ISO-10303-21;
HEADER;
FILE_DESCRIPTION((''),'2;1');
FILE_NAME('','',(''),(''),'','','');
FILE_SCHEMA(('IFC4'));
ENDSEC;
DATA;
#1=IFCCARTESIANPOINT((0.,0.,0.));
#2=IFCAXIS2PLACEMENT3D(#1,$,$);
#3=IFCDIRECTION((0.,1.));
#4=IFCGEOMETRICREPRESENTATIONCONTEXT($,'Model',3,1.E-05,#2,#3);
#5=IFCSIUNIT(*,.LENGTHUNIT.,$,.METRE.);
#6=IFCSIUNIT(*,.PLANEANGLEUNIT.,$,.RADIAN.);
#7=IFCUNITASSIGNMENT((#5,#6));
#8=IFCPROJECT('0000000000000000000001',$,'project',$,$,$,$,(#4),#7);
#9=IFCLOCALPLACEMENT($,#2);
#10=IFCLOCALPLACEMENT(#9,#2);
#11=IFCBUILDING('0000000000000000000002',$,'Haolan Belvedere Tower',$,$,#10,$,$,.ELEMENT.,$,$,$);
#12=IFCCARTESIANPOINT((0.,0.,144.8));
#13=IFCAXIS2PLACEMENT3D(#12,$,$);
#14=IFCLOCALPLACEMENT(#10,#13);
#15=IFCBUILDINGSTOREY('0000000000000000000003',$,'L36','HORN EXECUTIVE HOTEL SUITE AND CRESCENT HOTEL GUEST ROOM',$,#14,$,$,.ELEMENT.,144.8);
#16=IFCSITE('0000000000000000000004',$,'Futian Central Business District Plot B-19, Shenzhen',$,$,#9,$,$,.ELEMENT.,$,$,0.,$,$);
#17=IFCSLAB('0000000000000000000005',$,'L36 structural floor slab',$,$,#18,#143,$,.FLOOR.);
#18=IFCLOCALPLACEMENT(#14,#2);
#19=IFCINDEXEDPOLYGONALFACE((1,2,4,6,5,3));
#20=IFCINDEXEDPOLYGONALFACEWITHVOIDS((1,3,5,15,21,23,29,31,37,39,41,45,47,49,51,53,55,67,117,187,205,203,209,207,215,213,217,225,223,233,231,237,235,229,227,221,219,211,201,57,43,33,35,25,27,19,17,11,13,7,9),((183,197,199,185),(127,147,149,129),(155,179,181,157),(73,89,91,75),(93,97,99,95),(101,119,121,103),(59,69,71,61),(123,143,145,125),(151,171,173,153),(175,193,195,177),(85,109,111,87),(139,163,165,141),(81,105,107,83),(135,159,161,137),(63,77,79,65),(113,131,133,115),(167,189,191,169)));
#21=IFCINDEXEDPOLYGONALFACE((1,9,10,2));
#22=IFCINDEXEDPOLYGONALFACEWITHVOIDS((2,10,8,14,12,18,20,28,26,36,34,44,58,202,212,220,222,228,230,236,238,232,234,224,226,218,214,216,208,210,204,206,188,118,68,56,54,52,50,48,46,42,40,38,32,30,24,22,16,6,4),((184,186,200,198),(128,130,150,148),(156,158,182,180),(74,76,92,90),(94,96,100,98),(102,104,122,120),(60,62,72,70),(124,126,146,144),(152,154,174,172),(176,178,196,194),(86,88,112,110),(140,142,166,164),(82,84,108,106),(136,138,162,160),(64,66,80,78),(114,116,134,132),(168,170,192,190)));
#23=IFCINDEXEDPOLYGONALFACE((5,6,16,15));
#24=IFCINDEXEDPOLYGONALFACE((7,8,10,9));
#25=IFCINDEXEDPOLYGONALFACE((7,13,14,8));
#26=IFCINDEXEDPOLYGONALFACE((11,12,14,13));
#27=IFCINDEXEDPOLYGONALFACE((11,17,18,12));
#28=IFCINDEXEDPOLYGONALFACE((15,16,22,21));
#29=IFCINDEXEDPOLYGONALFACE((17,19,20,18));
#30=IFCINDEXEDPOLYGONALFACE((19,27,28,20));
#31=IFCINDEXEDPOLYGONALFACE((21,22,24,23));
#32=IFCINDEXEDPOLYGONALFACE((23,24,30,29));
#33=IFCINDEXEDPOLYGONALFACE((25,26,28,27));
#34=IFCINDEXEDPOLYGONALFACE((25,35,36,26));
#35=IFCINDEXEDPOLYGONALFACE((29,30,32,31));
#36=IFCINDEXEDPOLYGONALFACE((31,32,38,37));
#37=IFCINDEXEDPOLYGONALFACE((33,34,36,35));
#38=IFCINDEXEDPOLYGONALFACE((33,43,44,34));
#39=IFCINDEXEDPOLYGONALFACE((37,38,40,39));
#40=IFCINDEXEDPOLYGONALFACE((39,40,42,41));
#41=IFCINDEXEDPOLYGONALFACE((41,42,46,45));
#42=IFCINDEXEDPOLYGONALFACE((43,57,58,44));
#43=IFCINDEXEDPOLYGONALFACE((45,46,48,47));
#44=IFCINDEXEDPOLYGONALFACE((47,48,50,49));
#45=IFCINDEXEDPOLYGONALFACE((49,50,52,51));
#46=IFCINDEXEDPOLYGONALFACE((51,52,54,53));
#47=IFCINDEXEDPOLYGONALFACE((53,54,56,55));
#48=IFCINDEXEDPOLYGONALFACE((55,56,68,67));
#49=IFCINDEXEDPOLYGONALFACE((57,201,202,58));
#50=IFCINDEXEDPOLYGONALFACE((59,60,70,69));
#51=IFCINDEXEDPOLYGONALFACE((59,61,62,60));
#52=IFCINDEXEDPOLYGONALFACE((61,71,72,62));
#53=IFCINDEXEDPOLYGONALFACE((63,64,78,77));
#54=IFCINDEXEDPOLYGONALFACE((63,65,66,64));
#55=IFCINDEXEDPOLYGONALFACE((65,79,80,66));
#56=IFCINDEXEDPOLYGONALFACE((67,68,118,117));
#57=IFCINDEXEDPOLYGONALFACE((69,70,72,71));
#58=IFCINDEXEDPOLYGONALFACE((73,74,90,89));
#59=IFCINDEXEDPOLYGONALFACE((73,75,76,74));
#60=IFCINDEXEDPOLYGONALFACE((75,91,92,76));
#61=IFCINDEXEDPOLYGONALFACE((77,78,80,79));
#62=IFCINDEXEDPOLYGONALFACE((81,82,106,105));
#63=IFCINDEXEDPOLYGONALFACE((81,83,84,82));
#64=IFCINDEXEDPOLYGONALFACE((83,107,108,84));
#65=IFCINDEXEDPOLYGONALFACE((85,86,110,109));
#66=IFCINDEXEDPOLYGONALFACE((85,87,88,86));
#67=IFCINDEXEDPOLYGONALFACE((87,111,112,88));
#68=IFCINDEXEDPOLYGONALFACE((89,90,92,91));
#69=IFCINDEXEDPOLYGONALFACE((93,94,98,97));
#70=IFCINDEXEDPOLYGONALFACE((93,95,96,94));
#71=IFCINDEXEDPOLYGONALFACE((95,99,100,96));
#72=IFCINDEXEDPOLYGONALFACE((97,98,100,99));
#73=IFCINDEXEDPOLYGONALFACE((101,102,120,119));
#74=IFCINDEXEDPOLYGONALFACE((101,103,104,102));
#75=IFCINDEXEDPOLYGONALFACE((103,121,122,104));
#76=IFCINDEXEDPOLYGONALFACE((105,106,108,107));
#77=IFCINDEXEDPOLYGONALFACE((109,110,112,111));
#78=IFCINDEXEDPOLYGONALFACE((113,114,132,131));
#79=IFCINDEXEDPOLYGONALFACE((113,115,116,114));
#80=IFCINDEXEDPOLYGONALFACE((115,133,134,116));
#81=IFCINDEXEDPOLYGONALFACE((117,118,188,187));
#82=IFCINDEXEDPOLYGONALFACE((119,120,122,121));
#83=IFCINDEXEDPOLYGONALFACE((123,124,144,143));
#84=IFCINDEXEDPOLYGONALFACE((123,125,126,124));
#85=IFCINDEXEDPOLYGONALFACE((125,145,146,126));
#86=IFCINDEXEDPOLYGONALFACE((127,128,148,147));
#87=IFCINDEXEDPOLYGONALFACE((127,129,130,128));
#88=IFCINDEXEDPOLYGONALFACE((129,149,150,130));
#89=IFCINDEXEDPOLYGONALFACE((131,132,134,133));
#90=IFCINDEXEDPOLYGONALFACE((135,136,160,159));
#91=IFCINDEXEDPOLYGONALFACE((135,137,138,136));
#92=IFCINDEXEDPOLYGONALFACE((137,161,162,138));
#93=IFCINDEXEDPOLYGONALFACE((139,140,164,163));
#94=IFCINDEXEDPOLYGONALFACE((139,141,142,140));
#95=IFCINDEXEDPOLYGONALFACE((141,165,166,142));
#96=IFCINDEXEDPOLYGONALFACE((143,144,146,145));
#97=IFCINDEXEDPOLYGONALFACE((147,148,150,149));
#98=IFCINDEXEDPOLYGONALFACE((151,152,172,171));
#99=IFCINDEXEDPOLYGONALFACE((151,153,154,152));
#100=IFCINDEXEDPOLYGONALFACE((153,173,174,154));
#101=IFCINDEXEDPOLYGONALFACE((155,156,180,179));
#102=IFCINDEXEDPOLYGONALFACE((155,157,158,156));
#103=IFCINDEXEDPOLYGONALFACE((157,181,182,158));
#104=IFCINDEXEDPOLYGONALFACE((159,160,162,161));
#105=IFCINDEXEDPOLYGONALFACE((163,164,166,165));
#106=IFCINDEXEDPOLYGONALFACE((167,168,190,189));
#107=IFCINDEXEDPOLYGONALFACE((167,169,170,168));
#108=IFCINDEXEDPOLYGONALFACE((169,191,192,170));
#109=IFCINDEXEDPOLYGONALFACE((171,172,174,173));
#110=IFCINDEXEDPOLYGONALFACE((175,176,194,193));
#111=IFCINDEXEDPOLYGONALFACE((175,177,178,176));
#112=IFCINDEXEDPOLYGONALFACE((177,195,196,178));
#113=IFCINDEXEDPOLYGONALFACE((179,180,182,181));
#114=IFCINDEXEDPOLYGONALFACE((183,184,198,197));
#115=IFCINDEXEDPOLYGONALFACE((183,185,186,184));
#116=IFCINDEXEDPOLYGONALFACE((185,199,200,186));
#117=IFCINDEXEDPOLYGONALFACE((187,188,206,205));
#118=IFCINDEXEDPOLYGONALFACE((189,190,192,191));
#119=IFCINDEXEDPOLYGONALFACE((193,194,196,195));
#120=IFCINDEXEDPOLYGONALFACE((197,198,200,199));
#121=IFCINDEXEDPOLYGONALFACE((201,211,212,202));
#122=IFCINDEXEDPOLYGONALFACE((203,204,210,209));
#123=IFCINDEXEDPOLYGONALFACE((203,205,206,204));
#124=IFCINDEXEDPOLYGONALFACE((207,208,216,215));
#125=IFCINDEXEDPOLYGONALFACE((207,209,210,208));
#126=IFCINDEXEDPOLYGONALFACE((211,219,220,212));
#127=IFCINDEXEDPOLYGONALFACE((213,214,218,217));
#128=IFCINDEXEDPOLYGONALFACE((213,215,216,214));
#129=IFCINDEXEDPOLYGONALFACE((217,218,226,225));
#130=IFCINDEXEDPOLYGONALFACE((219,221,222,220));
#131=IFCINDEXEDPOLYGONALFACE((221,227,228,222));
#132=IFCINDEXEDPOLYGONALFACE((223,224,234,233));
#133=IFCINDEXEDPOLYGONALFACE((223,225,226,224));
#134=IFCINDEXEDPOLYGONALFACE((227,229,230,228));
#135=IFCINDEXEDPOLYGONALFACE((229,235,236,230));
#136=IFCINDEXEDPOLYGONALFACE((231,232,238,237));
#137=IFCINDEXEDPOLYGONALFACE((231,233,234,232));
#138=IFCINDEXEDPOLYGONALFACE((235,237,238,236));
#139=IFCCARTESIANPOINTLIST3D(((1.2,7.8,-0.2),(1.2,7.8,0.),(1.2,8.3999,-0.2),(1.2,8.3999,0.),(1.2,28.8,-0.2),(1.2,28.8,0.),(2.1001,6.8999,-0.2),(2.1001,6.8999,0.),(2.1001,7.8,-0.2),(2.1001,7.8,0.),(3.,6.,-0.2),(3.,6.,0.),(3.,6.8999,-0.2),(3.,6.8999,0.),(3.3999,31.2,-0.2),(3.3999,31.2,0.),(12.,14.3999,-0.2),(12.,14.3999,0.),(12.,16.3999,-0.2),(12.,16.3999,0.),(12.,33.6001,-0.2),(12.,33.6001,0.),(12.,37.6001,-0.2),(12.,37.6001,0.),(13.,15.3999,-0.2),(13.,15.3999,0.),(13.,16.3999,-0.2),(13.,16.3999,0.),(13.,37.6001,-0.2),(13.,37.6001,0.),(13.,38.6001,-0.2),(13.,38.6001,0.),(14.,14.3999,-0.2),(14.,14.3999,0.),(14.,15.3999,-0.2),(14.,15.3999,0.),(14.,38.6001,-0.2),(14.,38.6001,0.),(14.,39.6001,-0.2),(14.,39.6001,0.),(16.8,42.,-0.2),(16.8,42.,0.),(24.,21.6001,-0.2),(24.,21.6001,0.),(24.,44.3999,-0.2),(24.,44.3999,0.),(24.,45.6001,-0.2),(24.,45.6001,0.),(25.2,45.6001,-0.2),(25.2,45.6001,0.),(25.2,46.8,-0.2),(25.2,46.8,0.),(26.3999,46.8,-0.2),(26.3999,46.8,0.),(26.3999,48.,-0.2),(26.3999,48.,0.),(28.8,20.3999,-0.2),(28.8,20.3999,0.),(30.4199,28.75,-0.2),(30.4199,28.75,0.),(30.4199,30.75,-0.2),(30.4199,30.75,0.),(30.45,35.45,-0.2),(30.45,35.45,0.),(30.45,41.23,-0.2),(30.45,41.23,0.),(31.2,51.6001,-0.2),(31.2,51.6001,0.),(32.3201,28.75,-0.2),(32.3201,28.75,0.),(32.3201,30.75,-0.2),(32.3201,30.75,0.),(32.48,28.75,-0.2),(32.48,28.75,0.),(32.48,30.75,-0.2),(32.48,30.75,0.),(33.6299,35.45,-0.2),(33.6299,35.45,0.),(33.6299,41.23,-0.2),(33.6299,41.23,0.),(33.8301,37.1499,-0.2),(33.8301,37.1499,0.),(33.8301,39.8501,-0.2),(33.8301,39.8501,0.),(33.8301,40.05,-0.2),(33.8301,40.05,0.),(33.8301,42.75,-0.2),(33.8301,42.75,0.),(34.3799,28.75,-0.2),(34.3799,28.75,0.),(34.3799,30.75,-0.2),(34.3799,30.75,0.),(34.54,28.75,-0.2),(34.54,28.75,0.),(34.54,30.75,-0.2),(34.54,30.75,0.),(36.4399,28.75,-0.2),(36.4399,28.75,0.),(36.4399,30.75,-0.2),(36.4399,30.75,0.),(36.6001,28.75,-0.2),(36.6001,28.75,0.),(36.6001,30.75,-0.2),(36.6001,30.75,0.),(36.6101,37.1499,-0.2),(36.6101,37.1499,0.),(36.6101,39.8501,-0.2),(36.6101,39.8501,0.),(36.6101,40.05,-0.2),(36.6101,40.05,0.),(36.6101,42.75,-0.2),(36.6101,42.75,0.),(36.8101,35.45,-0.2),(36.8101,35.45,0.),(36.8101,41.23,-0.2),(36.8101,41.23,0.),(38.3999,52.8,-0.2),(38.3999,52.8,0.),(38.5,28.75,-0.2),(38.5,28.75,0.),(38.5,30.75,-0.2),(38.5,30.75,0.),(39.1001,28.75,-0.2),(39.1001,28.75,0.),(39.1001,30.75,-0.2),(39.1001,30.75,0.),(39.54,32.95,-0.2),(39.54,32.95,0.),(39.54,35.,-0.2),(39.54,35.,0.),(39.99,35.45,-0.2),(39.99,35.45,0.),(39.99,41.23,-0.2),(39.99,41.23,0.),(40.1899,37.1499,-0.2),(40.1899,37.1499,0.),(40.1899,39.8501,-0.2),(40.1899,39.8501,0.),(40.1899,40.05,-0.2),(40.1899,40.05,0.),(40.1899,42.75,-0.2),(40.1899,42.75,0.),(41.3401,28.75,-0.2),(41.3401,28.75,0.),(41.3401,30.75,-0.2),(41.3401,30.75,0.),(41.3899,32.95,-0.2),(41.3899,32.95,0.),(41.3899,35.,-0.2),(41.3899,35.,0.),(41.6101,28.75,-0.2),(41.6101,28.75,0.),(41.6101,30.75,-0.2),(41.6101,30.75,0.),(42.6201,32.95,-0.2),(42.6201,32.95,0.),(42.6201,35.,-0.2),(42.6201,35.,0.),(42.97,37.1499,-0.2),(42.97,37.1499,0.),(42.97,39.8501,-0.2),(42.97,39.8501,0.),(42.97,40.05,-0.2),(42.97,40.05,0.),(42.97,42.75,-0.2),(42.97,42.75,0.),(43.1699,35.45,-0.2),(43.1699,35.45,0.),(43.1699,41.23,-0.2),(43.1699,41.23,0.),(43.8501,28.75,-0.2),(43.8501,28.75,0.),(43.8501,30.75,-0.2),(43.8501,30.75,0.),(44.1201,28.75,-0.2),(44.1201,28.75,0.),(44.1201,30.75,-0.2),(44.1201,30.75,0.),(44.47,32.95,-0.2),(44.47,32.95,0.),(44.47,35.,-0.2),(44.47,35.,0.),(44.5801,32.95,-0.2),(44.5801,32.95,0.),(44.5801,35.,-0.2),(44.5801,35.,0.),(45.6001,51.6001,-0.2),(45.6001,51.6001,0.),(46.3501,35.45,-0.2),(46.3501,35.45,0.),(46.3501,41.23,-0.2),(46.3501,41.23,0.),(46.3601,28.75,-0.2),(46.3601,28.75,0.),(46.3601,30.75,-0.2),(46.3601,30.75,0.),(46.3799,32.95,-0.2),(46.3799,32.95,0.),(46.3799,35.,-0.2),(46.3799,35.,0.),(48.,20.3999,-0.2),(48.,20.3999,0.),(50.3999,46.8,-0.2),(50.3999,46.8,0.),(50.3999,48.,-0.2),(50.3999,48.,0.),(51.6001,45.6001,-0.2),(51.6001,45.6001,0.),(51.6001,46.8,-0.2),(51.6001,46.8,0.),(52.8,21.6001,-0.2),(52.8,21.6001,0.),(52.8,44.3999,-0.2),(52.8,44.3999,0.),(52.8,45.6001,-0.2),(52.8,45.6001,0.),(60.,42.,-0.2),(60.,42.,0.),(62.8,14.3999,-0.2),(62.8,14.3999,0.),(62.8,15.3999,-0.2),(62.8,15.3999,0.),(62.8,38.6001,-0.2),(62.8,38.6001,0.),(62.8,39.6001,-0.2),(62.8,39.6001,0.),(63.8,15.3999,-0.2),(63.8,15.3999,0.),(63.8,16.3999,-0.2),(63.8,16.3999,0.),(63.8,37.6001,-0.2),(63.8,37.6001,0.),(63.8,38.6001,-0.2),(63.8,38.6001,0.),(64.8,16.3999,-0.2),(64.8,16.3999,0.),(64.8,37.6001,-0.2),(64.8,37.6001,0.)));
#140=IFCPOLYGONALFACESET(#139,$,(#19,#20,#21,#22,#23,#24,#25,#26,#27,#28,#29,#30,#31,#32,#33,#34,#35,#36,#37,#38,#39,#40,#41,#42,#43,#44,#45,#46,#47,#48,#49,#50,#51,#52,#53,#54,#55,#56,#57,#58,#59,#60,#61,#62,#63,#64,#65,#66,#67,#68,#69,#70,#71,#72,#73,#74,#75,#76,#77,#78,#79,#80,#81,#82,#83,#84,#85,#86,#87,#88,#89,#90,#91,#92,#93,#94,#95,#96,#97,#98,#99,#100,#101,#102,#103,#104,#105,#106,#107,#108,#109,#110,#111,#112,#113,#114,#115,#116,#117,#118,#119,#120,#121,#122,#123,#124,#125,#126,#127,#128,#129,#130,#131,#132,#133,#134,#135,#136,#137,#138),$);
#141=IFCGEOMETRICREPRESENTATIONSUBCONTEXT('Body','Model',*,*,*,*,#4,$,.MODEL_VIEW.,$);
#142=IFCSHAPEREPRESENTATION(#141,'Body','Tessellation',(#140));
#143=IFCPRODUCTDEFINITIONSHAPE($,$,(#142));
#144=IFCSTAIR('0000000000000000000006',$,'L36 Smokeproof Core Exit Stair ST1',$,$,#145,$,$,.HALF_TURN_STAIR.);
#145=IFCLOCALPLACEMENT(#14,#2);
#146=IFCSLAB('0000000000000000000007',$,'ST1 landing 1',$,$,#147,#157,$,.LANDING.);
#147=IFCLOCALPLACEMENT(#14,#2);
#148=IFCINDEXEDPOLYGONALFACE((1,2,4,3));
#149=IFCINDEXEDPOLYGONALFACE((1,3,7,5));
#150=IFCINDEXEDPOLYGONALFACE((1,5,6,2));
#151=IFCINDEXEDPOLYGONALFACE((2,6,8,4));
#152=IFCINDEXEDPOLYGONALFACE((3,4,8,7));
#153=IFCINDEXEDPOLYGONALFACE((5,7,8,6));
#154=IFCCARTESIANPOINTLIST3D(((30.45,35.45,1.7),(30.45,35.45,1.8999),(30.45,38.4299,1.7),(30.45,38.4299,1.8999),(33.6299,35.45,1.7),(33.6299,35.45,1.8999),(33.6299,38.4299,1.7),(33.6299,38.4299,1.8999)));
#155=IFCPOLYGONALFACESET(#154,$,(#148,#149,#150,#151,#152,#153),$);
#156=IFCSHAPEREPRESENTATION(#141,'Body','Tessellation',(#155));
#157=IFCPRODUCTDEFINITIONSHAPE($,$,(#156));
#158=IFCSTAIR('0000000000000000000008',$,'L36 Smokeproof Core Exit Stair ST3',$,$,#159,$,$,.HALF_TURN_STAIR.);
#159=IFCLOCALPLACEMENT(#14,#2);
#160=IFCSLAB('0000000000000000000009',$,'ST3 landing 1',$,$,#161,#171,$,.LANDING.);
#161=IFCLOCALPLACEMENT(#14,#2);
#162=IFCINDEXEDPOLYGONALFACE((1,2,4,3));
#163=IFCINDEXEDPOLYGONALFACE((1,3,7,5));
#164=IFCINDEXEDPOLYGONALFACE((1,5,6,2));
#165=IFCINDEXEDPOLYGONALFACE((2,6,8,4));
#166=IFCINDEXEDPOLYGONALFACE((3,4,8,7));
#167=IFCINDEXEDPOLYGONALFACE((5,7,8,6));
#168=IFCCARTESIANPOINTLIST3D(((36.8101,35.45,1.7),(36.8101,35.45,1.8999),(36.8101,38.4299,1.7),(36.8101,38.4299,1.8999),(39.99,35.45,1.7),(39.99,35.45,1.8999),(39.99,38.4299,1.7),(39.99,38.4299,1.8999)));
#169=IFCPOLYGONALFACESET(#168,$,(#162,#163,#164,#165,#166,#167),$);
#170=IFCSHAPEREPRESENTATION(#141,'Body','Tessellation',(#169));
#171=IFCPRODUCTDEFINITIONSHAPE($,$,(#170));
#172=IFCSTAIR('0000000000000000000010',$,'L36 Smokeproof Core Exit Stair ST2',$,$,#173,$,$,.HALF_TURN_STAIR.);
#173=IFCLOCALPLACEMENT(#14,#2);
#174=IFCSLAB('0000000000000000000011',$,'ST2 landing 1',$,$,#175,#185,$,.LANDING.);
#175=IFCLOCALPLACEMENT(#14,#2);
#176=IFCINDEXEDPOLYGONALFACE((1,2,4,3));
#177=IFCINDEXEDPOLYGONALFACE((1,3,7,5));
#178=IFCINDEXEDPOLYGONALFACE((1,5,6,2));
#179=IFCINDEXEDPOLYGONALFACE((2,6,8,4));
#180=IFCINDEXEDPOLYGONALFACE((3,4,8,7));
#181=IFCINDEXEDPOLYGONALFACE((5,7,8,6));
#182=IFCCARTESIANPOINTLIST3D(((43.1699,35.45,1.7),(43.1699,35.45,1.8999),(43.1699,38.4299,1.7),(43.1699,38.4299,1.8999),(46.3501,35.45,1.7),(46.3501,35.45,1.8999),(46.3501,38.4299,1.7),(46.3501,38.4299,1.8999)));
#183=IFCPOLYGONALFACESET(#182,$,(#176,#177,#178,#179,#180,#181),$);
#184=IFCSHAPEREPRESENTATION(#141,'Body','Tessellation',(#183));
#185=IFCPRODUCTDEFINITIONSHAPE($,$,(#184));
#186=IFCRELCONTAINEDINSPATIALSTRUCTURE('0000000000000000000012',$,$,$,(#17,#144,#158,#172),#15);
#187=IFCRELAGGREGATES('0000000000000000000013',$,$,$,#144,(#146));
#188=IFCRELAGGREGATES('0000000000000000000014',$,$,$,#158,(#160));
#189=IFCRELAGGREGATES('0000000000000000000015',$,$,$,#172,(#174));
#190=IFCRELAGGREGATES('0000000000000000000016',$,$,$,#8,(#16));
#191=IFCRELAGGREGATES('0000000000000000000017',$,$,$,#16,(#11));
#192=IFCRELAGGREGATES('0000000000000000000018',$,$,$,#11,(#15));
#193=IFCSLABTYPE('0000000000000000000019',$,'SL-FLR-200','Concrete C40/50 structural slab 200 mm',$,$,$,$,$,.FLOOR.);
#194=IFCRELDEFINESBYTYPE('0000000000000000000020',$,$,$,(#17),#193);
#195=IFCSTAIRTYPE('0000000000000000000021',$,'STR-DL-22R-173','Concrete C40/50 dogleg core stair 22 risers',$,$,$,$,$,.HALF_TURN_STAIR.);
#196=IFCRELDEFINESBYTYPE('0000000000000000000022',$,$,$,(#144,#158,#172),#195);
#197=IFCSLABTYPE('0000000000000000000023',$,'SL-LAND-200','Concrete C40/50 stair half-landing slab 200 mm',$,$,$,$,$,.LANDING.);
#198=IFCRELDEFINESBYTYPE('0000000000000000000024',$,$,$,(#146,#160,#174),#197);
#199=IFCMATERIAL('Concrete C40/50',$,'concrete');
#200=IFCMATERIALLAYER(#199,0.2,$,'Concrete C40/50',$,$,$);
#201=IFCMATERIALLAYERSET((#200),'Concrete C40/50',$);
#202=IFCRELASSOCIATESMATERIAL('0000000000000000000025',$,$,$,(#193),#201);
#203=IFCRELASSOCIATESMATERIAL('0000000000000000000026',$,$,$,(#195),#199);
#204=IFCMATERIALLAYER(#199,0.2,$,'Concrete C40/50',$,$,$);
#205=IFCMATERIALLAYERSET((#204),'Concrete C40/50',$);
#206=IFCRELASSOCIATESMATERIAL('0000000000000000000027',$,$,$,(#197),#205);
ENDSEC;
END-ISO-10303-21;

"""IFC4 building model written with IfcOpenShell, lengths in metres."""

from ifc_helpers import new_model, si_unit, direction, frame, origin, place, context, subcontext, project, spatial, polyline, outline, extrude, material, layer, layer_set, type_object, element, aggregate, save


model = new_model("IFC4")

# Units and contexts
model_context = context("Model", 3, precision=1e-05, world=origin(), true_north=direction((0.0, 1.0)))
body_context = subcontext(model_context, "Body", "Model", "MODEL_VIEW")
ifc_project = project(units=[si_unit("LENGTHUNIT", "METRE"), si_unit("PLANEANGLEUNIT", "RADIAN")], contexts=[model_context])

# Site, building, storey
site_placement = place(None, origin())
site = spatial("IfcSite", under=ifc_project, at=site_placement, Name="Futian Central Business District Plot B-19, Shenzhen", CompositionType="ELEMENT", RefElevation=0.0)
building_placement = place(site_placement, origin())
building = spatial("IfcBuilding", under=site, at=building_placement, Name="Haolan Belvedere Tower", CompositionType="ELEMENT")
storey_placement = place(building_placement, frame((0.0, 0.0, 144.8)))
storey = spatial("IfcBuildingStorey", under=building, at=storey_placement, Name="L36", Description="HORN EXECUTIVE HOTEL SUITE AND CRESCENT HOTEL GUEST ROOM", CompositionType="ELEMENT", Elevation=144.8)

# Slab
ifc_material_1 = material(Name="Concrete C40/50", Category="concrete")
ifc_layer_1 = layer(ifc_material_1, 0.2, Name="Concrete C40/50")
ifc_layer_set_1 = layer_set([ifc_layer_1], Name="Concrete C40/50")
slab_type_1 = type_object("IfcSlabType", Name="SL-FLR-200", Description="Concrete C40/50 structural slab 200 mm", PredefinedType="FLOOR", material=ifc_layer_set_1)
slab_1_placement = place(storey_placement, frame((0.0, 0.0, -0.2)))
element("IfcSlab", 1, at=slab_1_placement, inside=storey, type_object=slab_type_1, Name="L36 structural floor slab", PredefinedType="FLOOR", context=body_context, shape_type="SweptSolid", body=[
    extrude(outline(polyline([(12.0, 14.3999), (12.0, 16.3999), (13.0, 16.3999), (13.0, 15.3999), (14.0, 15.3999), (14.0, 14.3999), (24.0, 21.6001), (28.8, 20.3999), (48.0, 20.3999), (52.8, 21.6001), (62.8, 14.3999), (62.8, 15.3999), (63.8, 15.3999), (63.8, 16.3999), (64.8, 16.3999), (64.8, 37.6001), (63.8, 37.6001), (63.8, 38.6001), (62.8, 38.6001), (62.8, 39.6001), (60.0, 42.0), (52.8, 44.3999), (52.8, 45.6001), (51.6001, 45.6001), (51.6001, 46.8), (50.3999, 46.8), (50.3999, 48.0), (45.6001, 51.6001), (38.3999, 52.8), (31.2, 51.6001), (26.3999, 48.0), (26.3999, 46.8), (25.2, 46.8), (25.2, 45.6001), (24.0, 45.6001), (24.0, 44.3999), (16.8, 42.0), (14.0, 39.6001), (14.0, 38.6001), (13.0, 38.6001), (13.0, 37.6001), (12.0, 37.6001), (12.0, 33.6001), (3.3999, 31.2), (1.2, 28.8), (1.2, 8.3999), (1.2, 7.8), (2.1001, 7.8), (2.1001, 6.8999), (3.0, 6.8999), (3.0, 6.0), (12.0, 14.3999)]), holes=[polyline([(30.45, 41.23), (30.45, 35.45), (33.6299, 35.45), (33.6299, 41.23), (30.45, 41.23)]), polyline([(36.8101, 41.23), (36.8101, 35.45), (39.99, 35.45), (39.99, 41.23), (36.8101, 41.23)]), polyline([(43.1699, 41.23), (43.1699, 35.45), (46.3501, 35.45), (46.3501, 41.23), (43.1699, 41.23)]), polyline([(33.8301, 40.05), (36.6101, 40.05), (36.6101, 42.75), (33.8301, 42.75), (33.8301, 40.05)]), polyline([(33.8301, 37.1499), (36.6101, 37.1499), (36.6101, 39.8501), (33.8301, 39.8501), (33.8301, 37.1499)]), polyline([(40.1899, 40.05), (42.97, 40.05), (42.97, 42.75), (40.1899, 42.75), (40.1899, 40.05)]), polyline([(40.1899, 37.1499), (42.97, 37.1499), (42.97, 39.8501), (40.1899, 39.8501), (40.1899, 37.1499)]), polyline([(39.54, 32.95), (41.3899, 32.95), (41.3899, 35.0), (39.54, 35.0), (39.54, 32.95)]), polyline([(42.6201, 32.95), (44.47, 32.95), (44.47, 35.0), (42.6201, 35.0), (42.6201, 32.95)]), polyline([(44.5801, 32.95), (46.3799, 32.95), (46.3799, 35.0), (44.5801, 35.0), (44.5801, 32.95)]), polyline([(30.4199, 28.75), (32.3201, 28.75), (32.3201, 30.75), (30.4199, 30.75), (30.4199, 28.75)]), polyline([(32.48, 28.75), (34.3799, 28.75), (34.3799, 30.75), (32.48, 30.75), (32.48, 28.75)]), polyline([(34.54, 28.75), (36.4399, 28.75), (36.4399, 30.75), (34.54, 30.75), (34.54, 28.75)]), polyline([(36.6001, 28.75), (38.5, 28.75), (38.5, 30.75), (36.6001, 30.75), (36.6001, 28.75)]), polyline([(39.1001, 28.75), (41.3401, 28.75), (41.3401, 30.75), (39.1001, 30.75), (39.1001, 28.75)]), polyline([(41.6101, 28.75), (43.8501, 28.75), (43.8501, 30.75), (41.6101, 30.75), (41.6101, 28.75)]), polyline([(44.1201, 28.75), (46.3601, 28.75), (46.3601, 30.75), (44.1201, 30.75), (44.1201, 28.75)])]), origin(), (0.0, 0.0, 1.0), 0.2),
])

# Stairs, slabs
stair_type = type_object("IfcStairType", Name="STR-DL-22R-173", Description="Concrete C40/50 dogleg core stair 22 risers", PredefinedType="HALF_TURN_STAIR", material=ifc_material_1)
stair_1_placement = place(storey_placement, origin())
stair_1 = element("IfcStair", 2, at=stair_1_placement, inside=storey, type_object=stair_type, Name="L36 Smokeproof Core Exit Stair ST1", PredefinedType="HALF_TURN_STAIR")
ifc_layer_2 = layer(ifc_material_1, 0.2, Name="Concrete C40/50")
ifc_layer_set_2 = layer_set([ifc_layer_2], Name="Concrete C40/50")
slab_type_2 = type_object("IfcSlabType", Name="SL-LAND-200", Description="Concrete C40/50 stair half-landing slab 200 mm", PredefinedType="LANDING", material=ifc_layer_set_2)
slab_2_placement = place(storey_placement, frame((0.0, 0.0, 1.7)))
slab_2 = element("IfcSlab", 3, at=slab_2_placement, type_object=slab_type_2, Name="ST1 landing 1", PredefinedType="LANDING", context=body_context, shape_type="SweptSolid", body=[
    extrude(outline(polyline([(30.45, 38.4299), (30.45, 35.45), (33.6299, 35.45), (33.6299, 38.4299), (30.45, 38.4299)])), origin(), (0.0, 0.0, 1.0), 0.2),
])
aggregate(stair_1, [slab_2])
stair_2_placement = place(storey_placement, origin())
stair_2 = element("IfcStair", 4, at=stair_2_placement, inside=storey, type_object=stair_type, Name="L36 Smokeproof Core Exit Stair ST3", PredefinedType="HALF_TURN_STAIR")
slab_3_placement = place(storey_placement, frame((0.0, 0.0, 1.7)))
slab_3 = element("IfcSlab", 5, at=slab_3_placement, type_object=slab_type_2, Name="ST3 landing 1", PredefinedType="LANDING", context=body_context, shape_type="SweptSolid", body=[
    extrude(outline(polyline([(36.8101, 38.4299), (36.8101, 35.45), (39.99, 35.45), (39.99, 38.4299), (36.8101, 38.4299)])), origin(), (0.0, 0.0, 1.0), 0.2),
])
aggregate(stair_2, [slab_3])
stair_3_placement = place(storey_placement, origin())
stair_3 = element("IfcStair", 6, at=stair_3_placement, inside=storey, type_object=stair_type, Name="L36 Smokeproof Core Exit Stair ST2", PredefinedType="HALF_TURN_STAIR")
slab_4_placement = place(storey_placement, frame((0.0, 0.0, 1.7)))
slab_4 = element("IfcSlab", 7, at=slab_4_placement, type_object=slab_type_2, Name="ST2 landing 1", PredefinedType="LANDING", context=body_context, shape_type="SweptSolid", body=[
    extrude(outline(polyline([(43.1699, 38.4299), (43.1699, 35.45), (46.3501, 35.45), (46.3501, 38.4299), (43.1699, 38.4299)])), origin(), (0.0, 0.0, 1.0), 0.2),
])
aggregate(stair_3, [slab_4])

save(model, "model.ifc")
